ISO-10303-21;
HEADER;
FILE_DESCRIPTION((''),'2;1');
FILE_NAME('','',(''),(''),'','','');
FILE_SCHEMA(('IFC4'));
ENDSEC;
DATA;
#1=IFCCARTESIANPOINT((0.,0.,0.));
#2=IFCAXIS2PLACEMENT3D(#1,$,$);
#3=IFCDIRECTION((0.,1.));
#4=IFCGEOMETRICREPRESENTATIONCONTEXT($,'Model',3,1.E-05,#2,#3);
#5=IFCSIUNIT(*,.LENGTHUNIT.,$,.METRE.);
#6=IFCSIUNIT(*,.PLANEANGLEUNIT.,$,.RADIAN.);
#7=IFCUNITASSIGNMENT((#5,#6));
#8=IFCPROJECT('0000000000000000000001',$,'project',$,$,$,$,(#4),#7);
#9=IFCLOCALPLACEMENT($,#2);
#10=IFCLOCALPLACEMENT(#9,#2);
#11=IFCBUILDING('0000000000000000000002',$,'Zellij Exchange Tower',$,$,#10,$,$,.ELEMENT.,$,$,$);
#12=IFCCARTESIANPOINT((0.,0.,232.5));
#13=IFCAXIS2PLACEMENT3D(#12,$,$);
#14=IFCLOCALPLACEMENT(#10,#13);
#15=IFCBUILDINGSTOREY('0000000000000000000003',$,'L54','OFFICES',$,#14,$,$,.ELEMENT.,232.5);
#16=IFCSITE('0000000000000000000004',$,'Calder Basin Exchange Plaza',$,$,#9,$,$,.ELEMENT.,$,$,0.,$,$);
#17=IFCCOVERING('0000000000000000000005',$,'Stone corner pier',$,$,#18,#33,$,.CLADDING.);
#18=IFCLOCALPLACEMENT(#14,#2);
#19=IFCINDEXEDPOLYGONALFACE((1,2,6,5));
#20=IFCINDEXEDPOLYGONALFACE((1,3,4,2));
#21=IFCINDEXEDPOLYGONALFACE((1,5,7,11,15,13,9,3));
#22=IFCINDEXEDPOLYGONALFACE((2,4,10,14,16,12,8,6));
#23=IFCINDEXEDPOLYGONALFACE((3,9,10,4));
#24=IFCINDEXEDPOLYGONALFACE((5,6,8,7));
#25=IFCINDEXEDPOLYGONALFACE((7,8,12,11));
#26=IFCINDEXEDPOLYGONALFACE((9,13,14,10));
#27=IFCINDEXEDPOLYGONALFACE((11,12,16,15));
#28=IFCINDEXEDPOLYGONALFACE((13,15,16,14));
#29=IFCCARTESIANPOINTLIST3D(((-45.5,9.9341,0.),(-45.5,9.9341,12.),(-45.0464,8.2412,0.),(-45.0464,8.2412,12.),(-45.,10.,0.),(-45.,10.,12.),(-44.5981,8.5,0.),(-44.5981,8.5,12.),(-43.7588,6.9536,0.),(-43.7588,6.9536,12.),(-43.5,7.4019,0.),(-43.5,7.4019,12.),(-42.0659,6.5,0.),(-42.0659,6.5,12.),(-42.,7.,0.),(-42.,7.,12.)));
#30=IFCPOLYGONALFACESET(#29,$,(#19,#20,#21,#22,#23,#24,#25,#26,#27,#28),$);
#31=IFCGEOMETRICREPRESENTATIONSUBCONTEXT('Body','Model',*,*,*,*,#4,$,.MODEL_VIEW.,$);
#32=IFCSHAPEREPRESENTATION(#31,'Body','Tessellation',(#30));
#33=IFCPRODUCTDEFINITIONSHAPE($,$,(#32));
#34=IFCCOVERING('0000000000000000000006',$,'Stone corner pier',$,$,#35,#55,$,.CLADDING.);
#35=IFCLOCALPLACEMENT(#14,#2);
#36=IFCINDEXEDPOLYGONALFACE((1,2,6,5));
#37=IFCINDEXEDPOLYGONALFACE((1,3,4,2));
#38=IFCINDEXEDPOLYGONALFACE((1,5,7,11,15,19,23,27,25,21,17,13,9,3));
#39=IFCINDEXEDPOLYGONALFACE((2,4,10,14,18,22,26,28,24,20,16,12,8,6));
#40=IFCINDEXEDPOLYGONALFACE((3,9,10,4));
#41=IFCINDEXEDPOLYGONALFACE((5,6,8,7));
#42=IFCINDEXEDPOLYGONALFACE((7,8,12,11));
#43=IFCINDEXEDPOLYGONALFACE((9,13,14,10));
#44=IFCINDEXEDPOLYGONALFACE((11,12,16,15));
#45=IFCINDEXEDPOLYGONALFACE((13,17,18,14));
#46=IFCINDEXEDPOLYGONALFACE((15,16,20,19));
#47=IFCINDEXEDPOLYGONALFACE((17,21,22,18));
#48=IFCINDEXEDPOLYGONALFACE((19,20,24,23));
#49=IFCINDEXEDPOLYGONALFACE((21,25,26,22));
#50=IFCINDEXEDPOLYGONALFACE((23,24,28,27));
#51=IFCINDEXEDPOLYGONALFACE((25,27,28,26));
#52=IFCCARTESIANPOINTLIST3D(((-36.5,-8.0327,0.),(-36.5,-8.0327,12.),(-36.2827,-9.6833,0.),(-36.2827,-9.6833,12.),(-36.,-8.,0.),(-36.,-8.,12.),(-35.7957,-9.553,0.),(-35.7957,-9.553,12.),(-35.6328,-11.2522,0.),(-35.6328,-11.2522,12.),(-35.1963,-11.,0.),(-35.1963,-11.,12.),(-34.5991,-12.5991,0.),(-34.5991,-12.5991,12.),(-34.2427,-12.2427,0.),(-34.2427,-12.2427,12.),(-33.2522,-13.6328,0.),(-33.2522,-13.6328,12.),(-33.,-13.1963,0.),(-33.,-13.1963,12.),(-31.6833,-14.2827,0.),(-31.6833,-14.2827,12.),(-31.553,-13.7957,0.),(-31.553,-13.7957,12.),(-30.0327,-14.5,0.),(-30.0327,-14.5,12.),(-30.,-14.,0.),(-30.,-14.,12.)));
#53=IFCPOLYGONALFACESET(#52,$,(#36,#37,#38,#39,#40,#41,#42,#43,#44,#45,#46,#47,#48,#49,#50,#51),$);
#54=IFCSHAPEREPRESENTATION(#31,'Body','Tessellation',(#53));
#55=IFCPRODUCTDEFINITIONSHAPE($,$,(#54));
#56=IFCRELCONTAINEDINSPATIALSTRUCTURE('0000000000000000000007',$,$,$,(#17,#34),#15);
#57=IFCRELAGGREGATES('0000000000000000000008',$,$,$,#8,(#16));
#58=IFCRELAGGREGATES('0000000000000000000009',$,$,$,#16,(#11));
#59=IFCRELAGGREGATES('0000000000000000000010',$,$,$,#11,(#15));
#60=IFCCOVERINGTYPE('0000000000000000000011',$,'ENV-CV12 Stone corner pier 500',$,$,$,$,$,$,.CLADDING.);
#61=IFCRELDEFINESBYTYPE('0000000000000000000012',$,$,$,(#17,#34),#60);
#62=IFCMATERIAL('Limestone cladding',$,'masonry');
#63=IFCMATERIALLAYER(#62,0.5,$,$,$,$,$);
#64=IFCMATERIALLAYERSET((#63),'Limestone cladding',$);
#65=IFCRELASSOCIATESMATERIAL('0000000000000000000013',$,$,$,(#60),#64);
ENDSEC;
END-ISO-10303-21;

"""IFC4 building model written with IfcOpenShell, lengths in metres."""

from ifc_helpers import new_model, si_unit, direction, frame, origin, place, context, subcontext, project, spatial, polyline, outline, extrude, material, layer, layer_set, type_object, element, save


model = new_model("IFC4")

# Units and contexts
model_context = context("Model", 3, precision=1e-05, world=origin(), true_north=direction((0.0, 1.0)))
body_context = subcontext(model_context, "Body", "Model", "MODEL_VIEW")
ifc_project = project(units=[si_unit("LENGTHUNIT", "METRE"), si_unit("PLANEANGLEUNIT", "RADIAN")], contexts=[model_context])

# Site, building, storey
site_placement = place(None, origin())
site = spatial("IfcSite", under=ifc_project, at=site_placement, Name="Calder Basin Exchange Plaza", CompositionType="ELEMENT", RefElevation=0.0)
building_placement = place(site_placement, origin())
building = spatial("IfcBuilding", under=site, at=building_placement, Name="Zellij Exchange Tower", CompositionType="ELEMENT")
storey_placement = place(building_placement, frame((0.0, 0.0, 232.5)))
storey = spatial("IfcBuildingStorey", under=building, at=storey_placement, Name="L54", Description="OFFICES", CompositionType="ELEMENT", Elevation=232.5)

# Coverings
ifc_material_1 = material(Name="Limestone cladding", Category="masonry")
ifc_layer_1 = layer(ifc_material_1, 0.5)
ifc_layer_set_1 = layer_set([ifc_layer_1], Name="Limestone cladding")
covering_type = type_object("IfcCoveringType", Name="ENV-CV12 Stone corner pier 500", PredefinedType="CLADDING", material=ifc_layer_set_1)
covering_1_placement = place(storey_placement, origin())
element("IfcCovering", 1, at=covering_1_placement, inside=storey, type_object=covering_type, Name="Stone corner pier", PredefinedType="CLADDING", context=body_context, shape_type="SweptSolid", body=[
    extrude(outline(polyline([(-45.0, 10.0), (-44.5981, 8.5), (-43.5, 7.4019), (-42.0, 7.0), (-42.0659, 6.5), (-43.7588, 6.9536), (-45.0464, 8.2412), (-45.5, 9.9341), (-45.0, 10.0)])), origin(), (0.0, 0.0, 1.0), 12.0),
])
covering_2_placement = place(storey_placement, origin())
element("IfcCovering", 2, at=covering_2_placement, inside=storey, type_object=covering_type, Name="Stone corner pier", PredefinedType="CLADDING", context=body_context, shape_type="SweptSolid", body=[
    extrude(outline(polyline([(-36.0, -8.0), (-35.7957, -9.553), (-35.1963, -11.0), (-34.2427, -12.2427), (-33.0, -13.1963), (-31.553, -13.7957), (-30.0, -14.0), (-30.0327, -14.5), (-31.6833, -14.2827), (-33.2522, -13.6328), (-34.5991, -12.5991), (-35.6328, -11.2522), (-36.2827, -9.6833), (-36.5, -8.0327), (-36.0, -8.0)])), origin(), (0.0, 0.0, 1.0), 12.0),
])

save(model, "model.ifc")
